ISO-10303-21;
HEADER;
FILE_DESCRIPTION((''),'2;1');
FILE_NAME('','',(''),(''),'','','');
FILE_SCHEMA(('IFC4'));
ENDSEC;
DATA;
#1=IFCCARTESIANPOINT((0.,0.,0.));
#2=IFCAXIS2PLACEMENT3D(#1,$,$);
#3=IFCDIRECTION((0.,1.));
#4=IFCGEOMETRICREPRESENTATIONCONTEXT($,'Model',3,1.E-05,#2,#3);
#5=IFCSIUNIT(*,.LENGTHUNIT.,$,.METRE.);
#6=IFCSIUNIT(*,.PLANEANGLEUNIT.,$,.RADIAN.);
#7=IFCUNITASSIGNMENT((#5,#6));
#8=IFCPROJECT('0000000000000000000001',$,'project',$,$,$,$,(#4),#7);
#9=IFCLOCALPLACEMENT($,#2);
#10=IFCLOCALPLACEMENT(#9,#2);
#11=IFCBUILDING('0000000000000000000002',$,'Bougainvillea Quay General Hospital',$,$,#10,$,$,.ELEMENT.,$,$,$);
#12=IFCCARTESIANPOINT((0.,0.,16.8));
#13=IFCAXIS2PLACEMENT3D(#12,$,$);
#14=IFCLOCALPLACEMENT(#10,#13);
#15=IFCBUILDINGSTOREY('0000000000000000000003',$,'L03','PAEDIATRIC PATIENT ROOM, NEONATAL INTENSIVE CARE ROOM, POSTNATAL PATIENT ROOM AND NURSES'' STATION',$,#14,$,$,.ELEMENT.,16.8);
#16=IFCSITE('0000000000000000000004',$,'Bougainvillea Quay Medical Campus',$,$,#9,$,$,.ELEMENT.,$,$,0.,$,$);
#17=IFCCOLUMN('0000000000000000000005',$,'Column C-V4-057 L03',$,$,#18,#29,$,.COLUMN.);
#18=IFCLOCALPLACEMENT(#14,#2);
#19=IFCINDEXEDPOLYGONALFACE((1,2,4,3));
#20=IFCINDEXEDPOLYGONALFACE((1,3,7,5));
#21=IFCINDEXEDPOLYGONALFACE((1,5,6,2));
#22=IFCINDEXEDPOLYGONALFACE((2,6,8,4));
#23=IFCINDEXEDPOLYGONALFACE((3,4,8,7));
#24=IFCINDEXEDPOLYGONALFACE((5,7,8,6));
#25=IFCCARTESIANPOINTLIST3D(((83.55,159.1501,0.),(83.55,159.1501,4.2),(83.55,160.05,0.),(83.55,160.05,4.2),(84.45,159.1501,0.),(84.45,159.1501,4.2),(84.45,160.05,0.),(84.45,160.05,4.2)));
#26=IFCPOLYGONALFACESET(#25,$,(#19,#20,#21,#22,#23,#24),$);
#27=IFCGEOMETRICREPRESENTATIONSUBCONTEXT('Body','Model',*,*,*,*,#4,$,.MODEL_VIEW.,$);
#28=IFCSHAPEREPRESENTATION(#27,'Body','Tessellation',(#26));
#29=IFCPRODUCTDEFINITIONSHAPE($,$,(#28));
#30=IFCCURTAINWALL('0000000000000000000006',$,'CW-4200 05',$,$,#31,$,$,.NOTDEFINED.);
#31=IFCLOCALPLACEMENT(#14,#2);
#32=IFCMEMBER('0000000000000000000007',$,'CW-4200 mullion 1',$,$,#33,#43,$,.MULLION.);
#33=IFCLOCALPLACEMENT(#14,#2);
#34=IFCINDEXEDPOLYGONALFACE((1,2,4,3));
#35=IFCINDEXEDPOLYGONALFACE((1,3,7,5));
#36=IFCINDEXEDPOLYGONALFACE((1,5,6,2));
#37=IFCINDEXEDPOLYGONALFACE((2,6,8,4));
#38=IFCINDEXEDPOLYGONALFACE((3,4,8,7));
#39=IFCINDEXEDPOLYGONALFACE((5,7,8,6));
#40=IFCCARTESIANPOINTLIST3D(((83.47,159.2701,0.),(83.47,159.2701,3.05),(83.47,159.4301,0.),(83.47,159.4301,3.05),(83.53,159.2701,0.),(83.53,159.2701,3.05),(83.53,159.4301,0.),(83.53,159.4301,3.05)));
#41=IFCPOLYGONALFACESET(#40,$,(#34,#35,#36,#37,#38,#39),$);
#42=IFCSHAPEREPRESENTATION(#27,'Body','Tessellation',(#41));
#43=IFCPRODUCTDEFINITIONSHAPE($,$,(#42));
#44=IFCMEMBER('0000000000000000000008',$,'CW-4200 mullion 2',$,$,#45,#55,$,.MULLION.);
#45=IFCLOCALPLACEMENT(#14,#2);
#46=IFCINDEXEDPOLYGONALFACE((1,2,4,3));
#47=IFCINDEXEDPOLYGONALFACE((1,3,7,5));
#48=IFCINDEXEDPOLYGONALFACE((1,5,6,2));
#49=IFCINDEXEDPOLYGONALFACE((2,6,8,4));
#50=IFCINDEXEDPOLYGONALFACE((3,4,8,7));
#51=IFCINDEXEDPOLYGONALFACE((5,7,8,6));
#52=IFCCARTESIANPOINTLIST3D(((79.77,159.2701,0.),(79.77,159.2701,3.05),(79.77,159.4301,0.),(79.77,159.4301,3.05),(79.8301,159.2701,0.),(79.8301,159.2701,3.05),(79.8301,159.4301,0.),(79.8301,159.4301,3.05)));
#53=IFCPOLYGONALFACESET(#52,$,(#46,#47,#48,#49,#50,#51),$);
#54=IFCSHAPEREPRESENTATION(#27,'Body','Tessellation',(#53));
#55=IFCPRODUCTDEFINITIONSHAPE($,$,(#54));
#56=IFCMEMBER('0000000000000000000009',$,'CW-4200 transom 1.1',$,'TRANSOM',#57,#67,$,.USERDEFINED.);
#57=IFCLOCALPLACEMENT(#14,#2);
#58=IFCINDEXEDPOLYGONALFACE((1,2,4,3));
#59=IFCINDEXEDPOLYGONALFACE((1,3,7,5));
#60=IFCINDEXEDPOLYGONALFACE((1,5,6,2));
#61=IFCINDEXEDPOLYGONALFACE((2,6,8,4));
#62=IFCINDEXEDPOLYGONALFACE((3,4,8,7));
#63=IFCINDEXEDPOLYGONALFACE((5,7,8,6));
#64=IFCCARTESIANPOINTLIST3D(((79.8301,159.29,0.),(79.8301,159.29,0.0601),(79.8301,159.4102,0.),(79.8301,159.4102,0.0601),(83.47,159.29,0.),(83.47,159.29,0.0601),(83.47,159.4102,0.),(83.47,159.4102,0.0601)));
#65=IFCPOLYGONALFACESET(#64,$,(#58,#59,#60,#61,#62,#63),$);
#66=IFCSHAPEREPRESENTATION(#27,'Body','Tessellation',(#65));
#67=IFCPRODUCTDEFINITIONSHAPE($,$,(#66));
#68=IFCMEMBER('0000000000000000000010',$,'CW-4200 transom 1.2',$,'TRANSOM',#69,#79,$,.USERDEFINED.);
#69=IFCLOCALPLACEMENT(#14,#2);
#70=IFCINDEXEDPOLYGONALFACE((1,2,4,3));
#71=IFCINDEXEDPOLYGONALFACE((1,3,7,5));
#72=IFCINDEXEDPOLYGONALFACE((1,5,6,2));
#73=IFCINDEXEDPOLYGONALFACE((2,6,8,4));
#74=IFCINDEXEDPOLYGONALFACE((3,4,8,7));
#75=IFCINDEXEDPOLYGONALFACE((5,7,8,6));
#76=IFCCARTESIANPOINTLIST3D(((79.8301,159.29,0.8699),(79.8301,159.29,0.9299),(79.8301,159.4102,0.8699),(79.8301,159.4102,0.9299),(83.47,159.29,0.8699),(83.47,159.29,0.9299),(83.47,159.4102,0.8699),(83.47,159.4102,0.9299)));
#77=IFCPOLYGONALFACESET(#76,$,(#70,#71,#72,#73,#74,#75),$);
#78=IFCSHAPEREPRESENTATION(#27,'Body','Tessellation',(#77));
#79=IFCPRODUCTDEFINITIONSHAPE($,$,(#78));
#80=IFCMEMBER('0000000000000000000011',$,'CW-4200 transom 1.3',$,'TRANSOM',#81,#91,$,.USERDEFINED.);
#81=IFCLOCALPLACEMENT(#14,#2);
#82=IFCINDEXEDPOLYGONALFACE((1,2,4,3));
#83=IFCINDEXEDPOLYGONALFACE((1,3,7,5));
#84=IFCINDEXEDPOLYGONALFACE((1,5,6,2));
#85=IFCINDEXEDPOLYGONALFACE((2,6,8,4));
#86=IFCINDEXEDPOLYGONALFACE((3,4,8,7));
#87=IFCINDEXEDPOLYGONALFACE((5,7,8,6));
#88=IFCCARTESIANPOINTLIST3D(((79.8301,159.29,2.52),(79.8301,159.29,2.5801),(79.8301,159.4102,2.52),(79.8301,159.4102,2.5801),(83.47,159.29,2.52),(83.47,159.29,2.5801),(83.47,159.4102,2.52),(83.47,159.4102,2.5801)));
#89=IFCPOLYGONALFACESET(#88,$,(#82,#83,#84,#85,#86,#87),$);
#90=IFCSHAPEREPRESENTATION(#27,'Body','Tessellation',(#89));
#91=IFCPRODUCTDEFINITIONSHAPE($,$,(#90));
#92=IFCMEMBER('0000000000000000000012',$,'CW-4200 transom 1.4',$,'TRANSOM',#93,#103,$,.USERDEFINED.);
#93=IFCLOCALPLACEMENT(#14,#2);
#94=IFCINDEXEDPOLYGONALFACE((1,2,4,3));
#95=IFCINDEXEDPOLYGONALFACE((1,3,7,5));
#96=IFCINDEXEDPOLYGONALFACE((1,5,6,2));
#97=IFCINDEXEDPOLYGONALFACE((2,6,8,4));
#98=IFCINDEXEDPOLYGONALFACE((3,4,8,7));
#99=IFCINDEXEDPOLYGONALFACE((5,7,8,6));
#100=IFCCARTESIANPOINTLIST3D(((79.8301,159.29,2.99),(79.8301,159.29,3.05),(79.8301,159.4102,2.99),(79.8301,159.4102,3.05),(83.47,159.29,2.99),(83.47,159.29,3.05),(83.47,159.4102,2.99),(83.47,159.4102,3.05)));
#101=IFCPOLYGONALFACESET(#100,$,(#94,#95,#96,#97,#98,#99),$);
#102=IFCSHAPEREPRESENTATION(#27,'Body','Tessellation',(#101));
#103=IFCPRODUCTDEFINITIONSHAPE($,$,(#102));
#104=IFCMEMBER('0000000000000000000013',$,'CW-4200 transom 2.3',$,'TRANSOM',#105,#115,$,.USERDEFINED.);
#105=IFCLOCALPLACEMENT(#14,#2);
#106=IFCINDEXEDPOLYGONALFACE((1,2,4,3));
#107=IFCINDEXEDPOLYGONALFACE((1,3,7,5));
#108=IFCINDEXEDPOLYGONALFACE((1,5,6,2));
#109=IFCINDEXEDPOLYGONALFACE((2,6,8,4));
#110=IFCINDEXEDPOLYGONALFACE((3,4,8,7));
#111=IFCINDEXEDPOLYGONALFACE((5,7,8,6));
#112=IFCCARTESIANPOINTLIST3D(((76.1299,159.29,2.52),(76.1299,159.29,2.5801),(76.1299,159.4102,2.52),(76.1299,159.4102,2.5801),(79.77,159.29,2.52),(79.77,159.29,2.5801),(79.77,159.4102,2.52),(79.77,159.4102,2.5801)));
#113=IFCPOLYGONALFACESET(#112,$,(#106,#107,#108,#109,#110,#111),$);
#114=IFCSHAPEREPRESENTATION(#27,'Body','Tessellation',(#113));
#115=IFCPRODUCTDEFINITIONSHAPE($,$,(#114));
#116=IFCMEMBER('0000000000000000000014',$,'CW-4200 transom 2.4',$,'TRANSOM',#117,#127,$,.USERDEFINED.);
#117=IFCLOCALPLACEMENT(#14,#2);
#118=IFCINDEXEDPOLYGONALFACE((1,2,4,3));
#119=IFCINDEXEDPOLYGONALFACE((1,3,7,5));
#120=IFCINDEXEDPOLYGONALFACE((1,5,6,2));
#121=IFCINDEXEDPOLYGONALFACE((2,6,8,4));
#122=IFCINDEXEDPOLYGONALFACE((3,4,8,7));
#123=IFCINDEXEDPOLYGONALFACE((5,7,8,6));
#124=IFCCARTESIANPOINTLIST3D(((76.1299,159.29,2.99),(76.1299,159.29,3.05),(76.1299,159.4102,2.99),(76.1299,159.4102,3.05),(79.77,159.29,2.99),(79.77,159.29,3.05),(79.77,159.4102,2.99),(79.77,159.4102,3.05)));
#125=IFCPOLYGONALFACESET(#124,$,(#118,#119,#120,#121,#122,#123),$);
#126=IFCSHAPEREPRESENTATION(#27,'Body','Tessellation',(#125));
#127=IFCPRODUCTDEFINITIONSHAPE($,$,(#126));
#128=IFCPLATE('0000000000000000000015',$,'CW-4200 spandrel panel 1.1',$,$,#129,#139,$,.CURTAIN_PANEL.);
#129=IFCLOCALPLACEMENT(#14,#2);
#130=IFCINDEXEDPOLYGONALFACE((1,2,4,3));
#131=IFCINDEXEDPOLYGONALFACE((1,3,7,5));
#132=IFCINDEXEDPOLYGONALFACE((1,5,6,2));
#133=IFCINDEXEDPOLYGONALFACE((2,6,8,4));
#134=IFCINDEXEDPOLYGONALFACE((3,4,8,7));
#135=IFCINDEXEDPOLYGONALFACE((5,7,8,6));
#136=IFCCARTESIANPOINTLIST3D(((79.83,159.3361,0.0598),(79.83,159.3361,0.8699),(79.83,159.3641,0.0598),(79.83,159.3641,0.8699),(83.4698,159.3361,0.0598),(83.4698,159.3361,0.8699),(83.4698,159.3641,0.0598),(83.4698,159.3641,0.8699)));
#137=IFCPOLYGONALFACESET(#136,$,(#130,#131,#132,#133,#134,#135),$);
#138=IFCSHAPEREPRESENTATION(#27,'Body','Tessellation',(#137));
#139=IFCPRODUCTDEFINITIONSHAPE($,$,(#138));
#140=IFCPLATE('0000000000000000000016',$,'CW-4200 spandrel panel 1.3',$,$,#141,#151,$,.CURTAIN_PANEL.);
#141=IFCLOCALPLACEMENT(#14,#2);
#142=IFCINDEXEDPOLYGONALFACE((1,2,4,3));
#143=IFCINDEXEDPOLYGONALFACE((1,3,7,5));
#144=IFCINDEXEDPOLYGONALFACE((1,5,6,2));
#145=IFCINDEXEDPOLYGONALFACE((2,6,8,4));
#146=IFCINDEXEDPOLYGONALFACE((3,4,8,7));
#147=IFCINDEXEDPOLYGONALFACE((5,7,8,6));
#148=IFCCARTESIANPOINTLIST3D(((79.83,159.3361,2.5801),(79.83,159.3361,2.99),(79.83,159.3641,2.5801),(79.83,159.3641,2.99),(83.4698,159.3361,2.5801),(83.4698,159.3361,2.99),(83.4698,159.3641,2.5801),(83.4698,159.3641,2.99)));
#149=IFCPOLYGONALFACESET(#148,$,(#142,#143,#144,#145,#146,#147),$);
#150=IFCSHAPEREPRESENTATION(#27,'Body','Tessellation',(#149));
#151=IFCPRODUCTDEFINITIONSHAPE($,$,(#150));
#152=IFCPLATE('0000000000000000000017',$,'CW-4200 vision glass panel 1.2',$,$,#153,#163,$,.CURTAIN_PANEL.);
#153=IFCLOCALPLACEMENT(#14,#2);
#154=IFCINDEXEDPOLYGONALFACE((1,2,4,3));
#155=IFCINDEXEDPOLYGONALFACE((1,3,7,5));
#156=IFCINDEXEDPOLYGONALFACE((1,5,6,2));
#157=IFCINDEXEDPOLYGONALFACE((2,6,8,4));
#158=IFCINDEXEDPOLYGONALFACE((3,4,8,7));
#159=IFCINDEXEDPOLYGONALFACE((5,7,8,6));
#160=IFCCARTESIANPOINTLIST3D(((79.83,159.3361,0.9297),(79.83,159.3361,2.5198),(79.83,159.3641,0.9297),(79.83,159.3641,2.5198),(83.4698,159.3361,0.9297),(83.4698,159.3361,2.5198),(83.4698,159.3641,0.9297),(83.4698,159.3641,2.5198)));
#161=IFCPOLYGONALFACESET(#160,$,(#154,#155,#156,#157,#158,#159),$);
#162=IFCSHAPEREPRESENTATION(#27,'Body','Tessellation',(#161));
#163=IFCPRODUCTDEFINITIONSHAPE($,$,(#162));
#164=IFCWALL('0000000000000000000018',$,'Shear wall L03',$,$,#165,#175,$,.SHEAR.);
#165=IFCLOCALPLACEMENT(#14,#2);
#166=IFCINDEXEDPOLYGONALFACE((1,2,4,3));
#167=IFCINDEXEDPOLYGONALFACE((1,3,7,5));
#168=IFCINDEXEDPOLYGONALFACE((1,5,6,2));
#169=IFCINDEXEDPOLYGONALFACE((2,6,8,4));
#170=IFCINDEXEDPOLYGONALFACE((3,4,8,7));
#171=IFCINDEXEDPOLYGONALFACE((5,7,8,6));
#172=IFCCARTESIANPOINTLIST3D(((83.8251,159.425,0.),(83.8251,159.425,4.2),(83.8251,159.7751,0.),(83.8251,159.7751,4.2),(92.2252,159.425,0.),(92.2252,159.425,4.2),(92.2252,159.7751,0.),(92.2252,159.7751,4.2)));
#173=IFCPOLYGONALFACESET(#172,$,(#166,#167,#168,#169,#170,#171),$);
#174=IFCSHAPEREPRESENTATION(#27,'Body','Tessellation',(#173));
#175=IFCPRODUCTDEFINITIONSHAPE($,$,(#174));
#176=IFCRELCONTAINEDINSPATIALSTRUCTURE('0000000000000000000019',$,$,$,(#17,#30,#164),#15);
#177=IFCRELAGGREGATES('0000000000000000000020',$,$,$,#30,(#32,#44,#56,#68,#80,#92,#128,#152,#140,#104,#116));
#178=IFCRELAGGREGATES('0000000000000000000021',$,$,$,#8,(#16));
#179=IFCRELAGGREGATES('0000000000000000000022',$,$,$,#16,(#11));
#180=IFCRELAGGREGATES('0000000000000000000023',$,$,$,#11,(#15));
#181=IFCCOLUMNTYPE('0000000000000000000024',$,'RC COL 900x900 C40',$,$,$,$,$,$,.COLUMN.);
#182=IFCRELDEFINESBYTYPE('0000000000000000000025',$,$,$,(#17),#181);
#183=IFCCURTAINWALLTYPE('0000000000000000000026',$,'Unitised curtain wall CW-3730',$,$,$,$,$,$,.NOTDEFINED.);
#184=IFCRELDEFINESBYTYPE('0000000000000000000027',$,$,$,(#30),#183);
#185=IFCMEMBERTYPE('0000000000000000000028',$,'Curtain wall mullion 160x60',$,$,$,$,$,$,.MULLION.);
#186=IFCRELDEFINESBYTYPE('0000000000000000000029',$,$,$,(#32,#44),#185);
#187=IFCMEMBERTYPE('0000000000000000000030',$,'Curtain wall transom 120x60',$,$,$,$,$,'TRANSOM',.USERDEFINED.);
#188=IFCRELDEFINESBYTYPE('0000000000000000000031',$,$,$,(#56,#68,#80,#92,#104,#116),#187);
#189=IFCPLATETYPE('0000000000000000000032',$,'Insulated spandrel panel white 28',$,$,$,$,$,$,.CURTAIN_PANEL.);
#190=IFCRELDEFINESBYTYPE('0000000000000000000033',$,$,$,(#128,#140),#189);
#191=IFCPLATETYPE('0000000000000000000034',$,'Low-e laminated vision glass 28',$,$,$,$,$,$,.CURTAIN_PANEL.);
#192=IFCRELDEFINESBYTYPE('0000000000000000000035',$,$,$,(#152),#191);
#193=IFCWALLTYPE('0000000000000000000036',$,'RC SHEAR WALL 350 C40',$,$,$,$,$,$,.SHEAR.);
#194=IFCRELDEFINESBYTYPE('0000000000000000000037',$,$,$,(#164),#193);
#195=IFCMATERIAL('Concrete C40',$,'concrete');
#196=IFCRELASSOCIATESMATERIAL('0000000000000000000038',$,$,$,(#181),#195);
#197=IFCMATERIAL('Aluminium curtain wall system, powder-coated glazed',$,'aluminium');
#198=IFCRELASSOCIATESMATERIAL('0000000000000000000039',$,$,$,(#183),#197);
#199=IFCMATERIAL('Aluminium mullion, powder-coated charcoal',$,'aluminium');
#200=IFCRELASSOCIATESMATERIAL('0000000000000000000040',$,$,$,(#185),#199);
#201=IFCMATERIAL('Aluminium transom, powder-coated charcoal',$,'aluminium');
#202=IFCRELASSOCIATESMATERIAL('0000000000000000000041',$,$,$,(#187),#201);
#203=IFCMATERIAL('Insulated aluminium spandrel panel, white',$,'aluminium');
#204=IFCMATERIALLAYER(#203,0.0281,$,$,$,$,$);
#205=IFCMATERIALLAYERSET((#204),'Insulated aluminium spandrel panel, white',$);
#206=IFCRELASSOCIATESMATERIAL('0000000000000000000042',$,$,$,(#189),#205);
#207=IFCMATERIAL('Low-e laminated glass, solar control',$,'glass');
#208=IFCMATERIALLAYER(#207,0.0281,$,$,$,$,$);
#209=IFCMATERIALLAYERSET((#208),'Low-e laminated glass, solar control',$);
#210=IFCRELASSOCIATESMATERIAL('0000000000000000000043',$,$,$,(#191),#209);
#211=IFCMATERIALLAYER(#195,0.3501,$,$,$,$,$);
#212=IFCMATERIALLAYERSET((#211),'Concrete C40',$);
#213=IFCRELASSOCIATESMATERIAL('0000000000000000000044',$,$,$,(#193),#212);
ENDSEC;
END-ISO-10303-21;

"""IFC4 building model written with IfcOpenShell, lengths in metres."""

from ifc_helpers import new_model, si_unit, direction, frame, frame_2d, origin, origin_2d, place, context, subcontext, project, spatial, rectangle, extrude, material, layer, layer_set, material_profile, profile_set, type_object, element, aggregate, save


model = new_model("IFC4")

# Units and contexts
model_context = context("Model", 3, precision=1e-05, world=origin(), true_north=direction((0.0, 1.0)))
body_context = subcontext(model_context, "Body", "Model", "MODEL_VIEW")
ifc_project = project(units=[si_unit("LENGTHUNIT", "METRE"), si_unit("PLANEANGLEUNIT", "RADIAN")], contexts=[model_context])

# Site, building, storey
site_placement = place(None, origin())
site = spatial("IfcSite", under=ifc_project, at=site_placement, Name="Bougainvillea Quay Medical Campus", CompositionType="ELEMENT", RefElevation=0.0)
building_placement = place(site_placement, origin())
building = spatial("IfcBuilding", under=site, at=building_placement, Name="Bougainvillea Quay General Hospital", CompositionType="ELEMENT")
storey_placement = place(building_placement, frame((0.0, 0.0, 16.8)))
storey = spatial("IfcBuildingStorey", under=building, at=storey_placement, Name="L03", Description="PAEDIATRIC PATIENT ROOM, NEONATAL INTENSIVE CARE ROOM, POSTNATAL PATIENT ROOM AND NURSES' STATION", CompositionType="ELEMENT", Elevation=16.8)

# Column
ifc_material_1 = material(Name="Concrete C40", Category="concrete")
ifc_material_profile_1 = material_profile(ifc_material_1, rectangle(XDim=0.8999, YDim=0.8999, at=origin_2d()))
ifc_profile_set_1 = profile_set([ifc_material_profile_1], Name="Concrete C40")
column_type = type_object("IfcColumnType", Name="RC COL 900x900 C40", PredefinedType="COLUMN", material=ifc_profile_set_1)
column_placement = place(storey_placement, frame((84.0, 159.6001, 0.0), z_axis=(0.0, 0.0, 1.0), x_axis=(1.0, 0.0, 0.0)))
element("IfcColumn", 1, at=column_placement, inside=storey, type_object=column_type, Name="Column C-V4-057 L03", PredefinedType="COLUMN", context=body_context, shape_type="SweptSolid", body=[
    extrude(rectangle(XDim=0.8999, YDim=0.8999, at=origin_2d()), origin(), (0.0, 0.0, 1.0), 4.2),
])

# Curtain wall, members, plates
ifc_material_2 = material(Name="Aluminium curtain wall system, powder-coated glazed", Category="aluminium")
curtain_wall_type = type_object("IfcCurtainWallType", Name="Unitised curtain wall CW-3730", PredefinedType="NOTDEFINED", material=ifc_material_2)
curtain_wall_placement = place(storey_placement, origin())
curtain_wall = element("IfcCurtainWall", 2, at=curtain_wall_placement, inside=storey, type_object=curtain_wall_type, Name="CW-4200 05", PredefinedType="NOTDEFINED")
ifc_material_3 = material(Name="Aluminium mullion, powder-coated charcoal", Category="aluminium")
ifc_material_profile_2 = material_profile(ifc_material_3, rectangle(XDim=0.1599, YDim=0.0601, at=origin_2d()))
ifc_profile_set_2 = profile_set([ifc_material_profile_2], Name="Aluminium mullion, powder-coated charcoal")
member_type_1 = type_object("IfcMemberType", Name="Curtain wall mullion 160x60", PredefinedType="MULLION", material=ifc_profile_set_2)
member_1_placement = place(storey_placement, frame((83.5, 159.3501, 0.0), z_axis=(0.0, 0.0, 1.0), x_axis=(0.0, -1.0, 0.0)))
member_1 = element("IfcMember", 3, at=member_1_placement, type_object=member_type_1, Name="CW-4200 mullion 1", PredefinedType="MULLION", context=body_context, shape_type="SweptSolid", body=[
    extrude(rectangle(XDim=0.1599, YDim=0.0601, at=origin_2d()), origin(), (0.0, 0.0, 1.0), 3.05),
])
member_2_placement = place(storey_placement, frame((79.8, 159.3501, 0.0), z_axis=(0.0, 0.0, 1.0), x_axis=(0.0, -1.0, 0.0)))
member_2 = element("IfcMember", 4, at=member_2_placement, type_object=member_type_1, Name="CW-4200 mullion 2", PredefinedType="MULLION", context=body_context, shape_type="SweptSolid", body=[
    extrude(rectangle(XDim=0.1599, YDim=0.0601, at=origin_2d()), origin(), (0.0, 0.0, 1.0), 3.05),
])
ifc_material_4 = material(Name="Aluminium transom, powder-coated charcoal", Category="aluminium")
ifc_material_profile_3 = material_profile(ifc_material_4, rectangle(XDim=0.1201, YDim=0.0601, at=origin_2d()))
ifc_profile_set_3 = profile_set([ifc_material_profile_3], Name="Aluminium transom, powder-coated charcoal")
member_type_2 = type_object("IfcMemberType", Name="Curtain wall transom 120x60", ElementType="TRANSOM", PredefinedType="USERDEFINED", material=ifc_profile_set_3)
member_3_placement = place(storey_placement, frame((83.47, 159.3501, 0.03), z_axis=(-1.0, 0.0, 0.0), x_axis=(0.0, -1.0, 0.0)))
member_3 = element("IfcMember", 5, at=member_3_placement, type_object=member_type_2, Name="CW-4200 transom 1.1", ObjectType="TRANSOM", PredefinedType="USERDEFINED", context=body_context, shape_type="SweptSolid", body=[
    extrude(rectangle(XDim=0.1201, YDim=0.0601, at=origin_2d()), origin(), (0.0, 0.0, 1.0), 3.6399),
])
member_4_placement = place(storey_placement, frame((83.47, 159.3501, 0.8999), z_axis=(-1.0, 0.0, 0.0), x_axis=(0.0, -1.0, 0.0)))
member_4 = element("IfcMember", 6, at=member_4_placement, type_object=member_type_2, Name="CW-4200 transom 1.2", ObjectType="TRANSOM", PredefinedType="USERDEFINED", context=body_context, shape_type="SweptSolid", body=[
    extrude(rectangle(XDim=0.1201, YDim=0.0601, at=origin_2d()), origin(), (0.0, 0.0, 1.0), 3.6399),
])
member_5_placement = place(storey_placement, frame((83.47, 159.3501, 2.55), z_axis=(-1.0, 0.0, 0.0), x_axis=(0.0, -1.0, 0.0)))
member_5 = element("IfcMember", 7, at=member_5_placement, type_object=member_type_2, Name="CW-4200 transom 1.3", ObjectType="TRANSOM", PredefinedType="USERDEFINED", context=body_context, shape_type="SweptSolid", body=[
    extrude(rectangle(XDim=0.1201, YDim=0.0601, at=origin_2d()), origin(), (0.0, 0.0, 1.0), 3.6399),
])
member_6_placement = place(storey_placement, frame((83.47, 159.3501, 3.02), z_axis=(-1.0, 0.0, 0.0), x_axis=(0.0, -1.0, 0.0)))
member_6 = element("IfcMember", 8, at=member_6_placement, type_object=member_type_2, Name="CW-4200 transom 1.4", ObjectType="TRANSOM", PredefinedType="USERDEFINED", context=body_context, shape_type="SweptSolid", body=[
    extrude(rectangle(XDim=0.1201, YDim=0.0601, at=origin_2d()), origin(), (0.0, 0.0, 1.0), 3.6399),
])
member_7_placement = place(storey_placement, frame((79.77, 159.3501, 2.55), z_axis=(-1.0, 0.0, 0.0), x_axis=(0.0, -1.0, 0.0)))
member_7 = element("IfcMember", 9, at=member_7_placement, type_object=member_type_2, Name="CW-4200 transom 2.3", ObjectType="TRANSOM", PredefinedType="USERDEFINED", context=body_context, shape_type="SweptSolid", body=[
    extrude(rectangle(XDim=0.1201, YDim=0.0601, at=origin_2d()), origin(), (0.0, 0.0, 1.0), 3.6401),
])
member_8_placement = place(storey_placement, frame((79.77, 159.3501, 3.02), z_axis=(-1.0, 0.0, 0.0), x_axis=(0.0, -1.0, 0.0)))
member_8 = element("IfcMember", 10, at=member_8_placement, type_object=member_type_2, Name="CW-4200 transom 2.4", ObjectType="TRANSOM", PredefinedType="USERDEFINED", context=body_context, shape_type="SweptSolid", body=[
    extrude(rectangle(XDim=0.1201, YDim=0.0601, at=origin_2d()), origin(), (0.0, 0.0, 1.0), 3.6401),
])
ifc_material_5 = material(Name="Insulated aluminium spandrel panel, white", Category="aluminium")
ifc_layer_1 = layer(ifc_material_5, 0.0281)
ifc_layer_set_1 = layer_set([ifc_layer_1], Name="Insulated aluminium spandrel panel, white")
plate_type_1 = type_object("IfcPlateType", Name="Insulated spandrel panel white 28", PredefinedType="CURTAIN_PANEL", material=ifc_layer_set_1)
plate_1_placement = place(storey_placement, frame((81.6499, 159.3501, 0.0598), z_axis=(0.0, 0.0, 1.0), x_axis=(-1.0, 0.0, 0.0)))
plate_1 = element("IfcPlate", 11, at=plate_1_placement, type_object=plate_type_1, Name="CW-4200 spandrel panel 1.1", PredefinedType="CURTAIN_PANEL", context=body_context, shape_type="SweptSolid", body=[
    extrude(rectangle(XDim=3.6399, YDim=0.0281, at=origin_2d()), origin(), (0.0, 0.0, 1.0), 0.8101),
])
plate_2_placement = place(storey_placement, frame((81.6499, 159.3501, 2.5801), z_axis=(0.0, 0.0, 1.0), x_axis=(-1.0, 0.0, 0.0)))
plate_2 = element("IfcPlate", 12, at=plate_2_placement, type_object=plate_type_1, Name="CW-4200 spandrel panel 1.3", PredefinedType="CURTAIN_PANEL", context=body_context, shape_type="SweptSolid", body=[
    extrude(rectangle(XDim=3.6399, YDim=0.0281, at=origin_2d()), origin(), (0.0, 0.0, 1.0), 0.4099),
])
ifc_material_6 = material(Name="Low-e laminated glass, solar control", Category="glass")
ifc_layer_2 = layer(ifc_material_6, 0.0281)
ifc_layer_set_2 = layer_set([ifc_layer_2], Name="Low-e laminated glass, solar control")
plate_type_2 = type_object("IfcPlateType", Name="Low-e laminated vision glass 28", PredefinedType="CURTAIN_PANEL", material=ifc_layer_set_2)
plate_3_placement = place(storey_placement, frame((81.6499, 159.3501, 0.9297), z_axis=(0.0, 0.0, 1.0), x_axis=(-1.0, 0.0, 0.0)))
plate_3 = element("IfcPlate", 13, at=plate_3_placement, type_object=plate_type_2, Name="CW-4200 vision glass panel 1.2", PredefinedType="CURTAIN_PANEL", context=body_context, shape_type="SweptSolid", body=[
    extrude(rectangle(XDim=3.6399, YDim=0.0281, at=origin_2d()), origin(), (0.0, 0.0, 1.0), 1.5901),
])
aggregate(curtain_wall, [member_1, member_2, member_3, member_4, member_5, member_6, plate_1, plate_3, plate_2, member_7, member_8])

# Wall
ifc_layer_3 = layer(ifc_material_1, 0.3501)
ifc_layer_set_3 = layer_set([ifc_layer_3], Name="Concrete C40")
wall_type = type_object("IfcWallType", Name="RC SHEAR WALL 350 C40", PredefinedType="SHEAR", material=ifc_layer_set_3)
wall_placement = place(storey_placement, frame((83.825, 159.6001, 0.0), z_axis=(0.0, 0.0, 1.0), x_axis=(1.0, 0.0, 0.0)))
element("IfcWall", 14, at=wall_placement, inside=storey, type_object=wall_type, Name="Shear wall L03", PredefinedType="SHEAR", context=body_context, shape_type="SweptSolid", body=[
    extrude(rectangle(XDim=8.4001, YDim=0.3501, at=frame_2d((4.2002, 0.0))), origin(), (0.0, 0.0, 1.0), 4.2),
])

save(model, "model.ifc")
